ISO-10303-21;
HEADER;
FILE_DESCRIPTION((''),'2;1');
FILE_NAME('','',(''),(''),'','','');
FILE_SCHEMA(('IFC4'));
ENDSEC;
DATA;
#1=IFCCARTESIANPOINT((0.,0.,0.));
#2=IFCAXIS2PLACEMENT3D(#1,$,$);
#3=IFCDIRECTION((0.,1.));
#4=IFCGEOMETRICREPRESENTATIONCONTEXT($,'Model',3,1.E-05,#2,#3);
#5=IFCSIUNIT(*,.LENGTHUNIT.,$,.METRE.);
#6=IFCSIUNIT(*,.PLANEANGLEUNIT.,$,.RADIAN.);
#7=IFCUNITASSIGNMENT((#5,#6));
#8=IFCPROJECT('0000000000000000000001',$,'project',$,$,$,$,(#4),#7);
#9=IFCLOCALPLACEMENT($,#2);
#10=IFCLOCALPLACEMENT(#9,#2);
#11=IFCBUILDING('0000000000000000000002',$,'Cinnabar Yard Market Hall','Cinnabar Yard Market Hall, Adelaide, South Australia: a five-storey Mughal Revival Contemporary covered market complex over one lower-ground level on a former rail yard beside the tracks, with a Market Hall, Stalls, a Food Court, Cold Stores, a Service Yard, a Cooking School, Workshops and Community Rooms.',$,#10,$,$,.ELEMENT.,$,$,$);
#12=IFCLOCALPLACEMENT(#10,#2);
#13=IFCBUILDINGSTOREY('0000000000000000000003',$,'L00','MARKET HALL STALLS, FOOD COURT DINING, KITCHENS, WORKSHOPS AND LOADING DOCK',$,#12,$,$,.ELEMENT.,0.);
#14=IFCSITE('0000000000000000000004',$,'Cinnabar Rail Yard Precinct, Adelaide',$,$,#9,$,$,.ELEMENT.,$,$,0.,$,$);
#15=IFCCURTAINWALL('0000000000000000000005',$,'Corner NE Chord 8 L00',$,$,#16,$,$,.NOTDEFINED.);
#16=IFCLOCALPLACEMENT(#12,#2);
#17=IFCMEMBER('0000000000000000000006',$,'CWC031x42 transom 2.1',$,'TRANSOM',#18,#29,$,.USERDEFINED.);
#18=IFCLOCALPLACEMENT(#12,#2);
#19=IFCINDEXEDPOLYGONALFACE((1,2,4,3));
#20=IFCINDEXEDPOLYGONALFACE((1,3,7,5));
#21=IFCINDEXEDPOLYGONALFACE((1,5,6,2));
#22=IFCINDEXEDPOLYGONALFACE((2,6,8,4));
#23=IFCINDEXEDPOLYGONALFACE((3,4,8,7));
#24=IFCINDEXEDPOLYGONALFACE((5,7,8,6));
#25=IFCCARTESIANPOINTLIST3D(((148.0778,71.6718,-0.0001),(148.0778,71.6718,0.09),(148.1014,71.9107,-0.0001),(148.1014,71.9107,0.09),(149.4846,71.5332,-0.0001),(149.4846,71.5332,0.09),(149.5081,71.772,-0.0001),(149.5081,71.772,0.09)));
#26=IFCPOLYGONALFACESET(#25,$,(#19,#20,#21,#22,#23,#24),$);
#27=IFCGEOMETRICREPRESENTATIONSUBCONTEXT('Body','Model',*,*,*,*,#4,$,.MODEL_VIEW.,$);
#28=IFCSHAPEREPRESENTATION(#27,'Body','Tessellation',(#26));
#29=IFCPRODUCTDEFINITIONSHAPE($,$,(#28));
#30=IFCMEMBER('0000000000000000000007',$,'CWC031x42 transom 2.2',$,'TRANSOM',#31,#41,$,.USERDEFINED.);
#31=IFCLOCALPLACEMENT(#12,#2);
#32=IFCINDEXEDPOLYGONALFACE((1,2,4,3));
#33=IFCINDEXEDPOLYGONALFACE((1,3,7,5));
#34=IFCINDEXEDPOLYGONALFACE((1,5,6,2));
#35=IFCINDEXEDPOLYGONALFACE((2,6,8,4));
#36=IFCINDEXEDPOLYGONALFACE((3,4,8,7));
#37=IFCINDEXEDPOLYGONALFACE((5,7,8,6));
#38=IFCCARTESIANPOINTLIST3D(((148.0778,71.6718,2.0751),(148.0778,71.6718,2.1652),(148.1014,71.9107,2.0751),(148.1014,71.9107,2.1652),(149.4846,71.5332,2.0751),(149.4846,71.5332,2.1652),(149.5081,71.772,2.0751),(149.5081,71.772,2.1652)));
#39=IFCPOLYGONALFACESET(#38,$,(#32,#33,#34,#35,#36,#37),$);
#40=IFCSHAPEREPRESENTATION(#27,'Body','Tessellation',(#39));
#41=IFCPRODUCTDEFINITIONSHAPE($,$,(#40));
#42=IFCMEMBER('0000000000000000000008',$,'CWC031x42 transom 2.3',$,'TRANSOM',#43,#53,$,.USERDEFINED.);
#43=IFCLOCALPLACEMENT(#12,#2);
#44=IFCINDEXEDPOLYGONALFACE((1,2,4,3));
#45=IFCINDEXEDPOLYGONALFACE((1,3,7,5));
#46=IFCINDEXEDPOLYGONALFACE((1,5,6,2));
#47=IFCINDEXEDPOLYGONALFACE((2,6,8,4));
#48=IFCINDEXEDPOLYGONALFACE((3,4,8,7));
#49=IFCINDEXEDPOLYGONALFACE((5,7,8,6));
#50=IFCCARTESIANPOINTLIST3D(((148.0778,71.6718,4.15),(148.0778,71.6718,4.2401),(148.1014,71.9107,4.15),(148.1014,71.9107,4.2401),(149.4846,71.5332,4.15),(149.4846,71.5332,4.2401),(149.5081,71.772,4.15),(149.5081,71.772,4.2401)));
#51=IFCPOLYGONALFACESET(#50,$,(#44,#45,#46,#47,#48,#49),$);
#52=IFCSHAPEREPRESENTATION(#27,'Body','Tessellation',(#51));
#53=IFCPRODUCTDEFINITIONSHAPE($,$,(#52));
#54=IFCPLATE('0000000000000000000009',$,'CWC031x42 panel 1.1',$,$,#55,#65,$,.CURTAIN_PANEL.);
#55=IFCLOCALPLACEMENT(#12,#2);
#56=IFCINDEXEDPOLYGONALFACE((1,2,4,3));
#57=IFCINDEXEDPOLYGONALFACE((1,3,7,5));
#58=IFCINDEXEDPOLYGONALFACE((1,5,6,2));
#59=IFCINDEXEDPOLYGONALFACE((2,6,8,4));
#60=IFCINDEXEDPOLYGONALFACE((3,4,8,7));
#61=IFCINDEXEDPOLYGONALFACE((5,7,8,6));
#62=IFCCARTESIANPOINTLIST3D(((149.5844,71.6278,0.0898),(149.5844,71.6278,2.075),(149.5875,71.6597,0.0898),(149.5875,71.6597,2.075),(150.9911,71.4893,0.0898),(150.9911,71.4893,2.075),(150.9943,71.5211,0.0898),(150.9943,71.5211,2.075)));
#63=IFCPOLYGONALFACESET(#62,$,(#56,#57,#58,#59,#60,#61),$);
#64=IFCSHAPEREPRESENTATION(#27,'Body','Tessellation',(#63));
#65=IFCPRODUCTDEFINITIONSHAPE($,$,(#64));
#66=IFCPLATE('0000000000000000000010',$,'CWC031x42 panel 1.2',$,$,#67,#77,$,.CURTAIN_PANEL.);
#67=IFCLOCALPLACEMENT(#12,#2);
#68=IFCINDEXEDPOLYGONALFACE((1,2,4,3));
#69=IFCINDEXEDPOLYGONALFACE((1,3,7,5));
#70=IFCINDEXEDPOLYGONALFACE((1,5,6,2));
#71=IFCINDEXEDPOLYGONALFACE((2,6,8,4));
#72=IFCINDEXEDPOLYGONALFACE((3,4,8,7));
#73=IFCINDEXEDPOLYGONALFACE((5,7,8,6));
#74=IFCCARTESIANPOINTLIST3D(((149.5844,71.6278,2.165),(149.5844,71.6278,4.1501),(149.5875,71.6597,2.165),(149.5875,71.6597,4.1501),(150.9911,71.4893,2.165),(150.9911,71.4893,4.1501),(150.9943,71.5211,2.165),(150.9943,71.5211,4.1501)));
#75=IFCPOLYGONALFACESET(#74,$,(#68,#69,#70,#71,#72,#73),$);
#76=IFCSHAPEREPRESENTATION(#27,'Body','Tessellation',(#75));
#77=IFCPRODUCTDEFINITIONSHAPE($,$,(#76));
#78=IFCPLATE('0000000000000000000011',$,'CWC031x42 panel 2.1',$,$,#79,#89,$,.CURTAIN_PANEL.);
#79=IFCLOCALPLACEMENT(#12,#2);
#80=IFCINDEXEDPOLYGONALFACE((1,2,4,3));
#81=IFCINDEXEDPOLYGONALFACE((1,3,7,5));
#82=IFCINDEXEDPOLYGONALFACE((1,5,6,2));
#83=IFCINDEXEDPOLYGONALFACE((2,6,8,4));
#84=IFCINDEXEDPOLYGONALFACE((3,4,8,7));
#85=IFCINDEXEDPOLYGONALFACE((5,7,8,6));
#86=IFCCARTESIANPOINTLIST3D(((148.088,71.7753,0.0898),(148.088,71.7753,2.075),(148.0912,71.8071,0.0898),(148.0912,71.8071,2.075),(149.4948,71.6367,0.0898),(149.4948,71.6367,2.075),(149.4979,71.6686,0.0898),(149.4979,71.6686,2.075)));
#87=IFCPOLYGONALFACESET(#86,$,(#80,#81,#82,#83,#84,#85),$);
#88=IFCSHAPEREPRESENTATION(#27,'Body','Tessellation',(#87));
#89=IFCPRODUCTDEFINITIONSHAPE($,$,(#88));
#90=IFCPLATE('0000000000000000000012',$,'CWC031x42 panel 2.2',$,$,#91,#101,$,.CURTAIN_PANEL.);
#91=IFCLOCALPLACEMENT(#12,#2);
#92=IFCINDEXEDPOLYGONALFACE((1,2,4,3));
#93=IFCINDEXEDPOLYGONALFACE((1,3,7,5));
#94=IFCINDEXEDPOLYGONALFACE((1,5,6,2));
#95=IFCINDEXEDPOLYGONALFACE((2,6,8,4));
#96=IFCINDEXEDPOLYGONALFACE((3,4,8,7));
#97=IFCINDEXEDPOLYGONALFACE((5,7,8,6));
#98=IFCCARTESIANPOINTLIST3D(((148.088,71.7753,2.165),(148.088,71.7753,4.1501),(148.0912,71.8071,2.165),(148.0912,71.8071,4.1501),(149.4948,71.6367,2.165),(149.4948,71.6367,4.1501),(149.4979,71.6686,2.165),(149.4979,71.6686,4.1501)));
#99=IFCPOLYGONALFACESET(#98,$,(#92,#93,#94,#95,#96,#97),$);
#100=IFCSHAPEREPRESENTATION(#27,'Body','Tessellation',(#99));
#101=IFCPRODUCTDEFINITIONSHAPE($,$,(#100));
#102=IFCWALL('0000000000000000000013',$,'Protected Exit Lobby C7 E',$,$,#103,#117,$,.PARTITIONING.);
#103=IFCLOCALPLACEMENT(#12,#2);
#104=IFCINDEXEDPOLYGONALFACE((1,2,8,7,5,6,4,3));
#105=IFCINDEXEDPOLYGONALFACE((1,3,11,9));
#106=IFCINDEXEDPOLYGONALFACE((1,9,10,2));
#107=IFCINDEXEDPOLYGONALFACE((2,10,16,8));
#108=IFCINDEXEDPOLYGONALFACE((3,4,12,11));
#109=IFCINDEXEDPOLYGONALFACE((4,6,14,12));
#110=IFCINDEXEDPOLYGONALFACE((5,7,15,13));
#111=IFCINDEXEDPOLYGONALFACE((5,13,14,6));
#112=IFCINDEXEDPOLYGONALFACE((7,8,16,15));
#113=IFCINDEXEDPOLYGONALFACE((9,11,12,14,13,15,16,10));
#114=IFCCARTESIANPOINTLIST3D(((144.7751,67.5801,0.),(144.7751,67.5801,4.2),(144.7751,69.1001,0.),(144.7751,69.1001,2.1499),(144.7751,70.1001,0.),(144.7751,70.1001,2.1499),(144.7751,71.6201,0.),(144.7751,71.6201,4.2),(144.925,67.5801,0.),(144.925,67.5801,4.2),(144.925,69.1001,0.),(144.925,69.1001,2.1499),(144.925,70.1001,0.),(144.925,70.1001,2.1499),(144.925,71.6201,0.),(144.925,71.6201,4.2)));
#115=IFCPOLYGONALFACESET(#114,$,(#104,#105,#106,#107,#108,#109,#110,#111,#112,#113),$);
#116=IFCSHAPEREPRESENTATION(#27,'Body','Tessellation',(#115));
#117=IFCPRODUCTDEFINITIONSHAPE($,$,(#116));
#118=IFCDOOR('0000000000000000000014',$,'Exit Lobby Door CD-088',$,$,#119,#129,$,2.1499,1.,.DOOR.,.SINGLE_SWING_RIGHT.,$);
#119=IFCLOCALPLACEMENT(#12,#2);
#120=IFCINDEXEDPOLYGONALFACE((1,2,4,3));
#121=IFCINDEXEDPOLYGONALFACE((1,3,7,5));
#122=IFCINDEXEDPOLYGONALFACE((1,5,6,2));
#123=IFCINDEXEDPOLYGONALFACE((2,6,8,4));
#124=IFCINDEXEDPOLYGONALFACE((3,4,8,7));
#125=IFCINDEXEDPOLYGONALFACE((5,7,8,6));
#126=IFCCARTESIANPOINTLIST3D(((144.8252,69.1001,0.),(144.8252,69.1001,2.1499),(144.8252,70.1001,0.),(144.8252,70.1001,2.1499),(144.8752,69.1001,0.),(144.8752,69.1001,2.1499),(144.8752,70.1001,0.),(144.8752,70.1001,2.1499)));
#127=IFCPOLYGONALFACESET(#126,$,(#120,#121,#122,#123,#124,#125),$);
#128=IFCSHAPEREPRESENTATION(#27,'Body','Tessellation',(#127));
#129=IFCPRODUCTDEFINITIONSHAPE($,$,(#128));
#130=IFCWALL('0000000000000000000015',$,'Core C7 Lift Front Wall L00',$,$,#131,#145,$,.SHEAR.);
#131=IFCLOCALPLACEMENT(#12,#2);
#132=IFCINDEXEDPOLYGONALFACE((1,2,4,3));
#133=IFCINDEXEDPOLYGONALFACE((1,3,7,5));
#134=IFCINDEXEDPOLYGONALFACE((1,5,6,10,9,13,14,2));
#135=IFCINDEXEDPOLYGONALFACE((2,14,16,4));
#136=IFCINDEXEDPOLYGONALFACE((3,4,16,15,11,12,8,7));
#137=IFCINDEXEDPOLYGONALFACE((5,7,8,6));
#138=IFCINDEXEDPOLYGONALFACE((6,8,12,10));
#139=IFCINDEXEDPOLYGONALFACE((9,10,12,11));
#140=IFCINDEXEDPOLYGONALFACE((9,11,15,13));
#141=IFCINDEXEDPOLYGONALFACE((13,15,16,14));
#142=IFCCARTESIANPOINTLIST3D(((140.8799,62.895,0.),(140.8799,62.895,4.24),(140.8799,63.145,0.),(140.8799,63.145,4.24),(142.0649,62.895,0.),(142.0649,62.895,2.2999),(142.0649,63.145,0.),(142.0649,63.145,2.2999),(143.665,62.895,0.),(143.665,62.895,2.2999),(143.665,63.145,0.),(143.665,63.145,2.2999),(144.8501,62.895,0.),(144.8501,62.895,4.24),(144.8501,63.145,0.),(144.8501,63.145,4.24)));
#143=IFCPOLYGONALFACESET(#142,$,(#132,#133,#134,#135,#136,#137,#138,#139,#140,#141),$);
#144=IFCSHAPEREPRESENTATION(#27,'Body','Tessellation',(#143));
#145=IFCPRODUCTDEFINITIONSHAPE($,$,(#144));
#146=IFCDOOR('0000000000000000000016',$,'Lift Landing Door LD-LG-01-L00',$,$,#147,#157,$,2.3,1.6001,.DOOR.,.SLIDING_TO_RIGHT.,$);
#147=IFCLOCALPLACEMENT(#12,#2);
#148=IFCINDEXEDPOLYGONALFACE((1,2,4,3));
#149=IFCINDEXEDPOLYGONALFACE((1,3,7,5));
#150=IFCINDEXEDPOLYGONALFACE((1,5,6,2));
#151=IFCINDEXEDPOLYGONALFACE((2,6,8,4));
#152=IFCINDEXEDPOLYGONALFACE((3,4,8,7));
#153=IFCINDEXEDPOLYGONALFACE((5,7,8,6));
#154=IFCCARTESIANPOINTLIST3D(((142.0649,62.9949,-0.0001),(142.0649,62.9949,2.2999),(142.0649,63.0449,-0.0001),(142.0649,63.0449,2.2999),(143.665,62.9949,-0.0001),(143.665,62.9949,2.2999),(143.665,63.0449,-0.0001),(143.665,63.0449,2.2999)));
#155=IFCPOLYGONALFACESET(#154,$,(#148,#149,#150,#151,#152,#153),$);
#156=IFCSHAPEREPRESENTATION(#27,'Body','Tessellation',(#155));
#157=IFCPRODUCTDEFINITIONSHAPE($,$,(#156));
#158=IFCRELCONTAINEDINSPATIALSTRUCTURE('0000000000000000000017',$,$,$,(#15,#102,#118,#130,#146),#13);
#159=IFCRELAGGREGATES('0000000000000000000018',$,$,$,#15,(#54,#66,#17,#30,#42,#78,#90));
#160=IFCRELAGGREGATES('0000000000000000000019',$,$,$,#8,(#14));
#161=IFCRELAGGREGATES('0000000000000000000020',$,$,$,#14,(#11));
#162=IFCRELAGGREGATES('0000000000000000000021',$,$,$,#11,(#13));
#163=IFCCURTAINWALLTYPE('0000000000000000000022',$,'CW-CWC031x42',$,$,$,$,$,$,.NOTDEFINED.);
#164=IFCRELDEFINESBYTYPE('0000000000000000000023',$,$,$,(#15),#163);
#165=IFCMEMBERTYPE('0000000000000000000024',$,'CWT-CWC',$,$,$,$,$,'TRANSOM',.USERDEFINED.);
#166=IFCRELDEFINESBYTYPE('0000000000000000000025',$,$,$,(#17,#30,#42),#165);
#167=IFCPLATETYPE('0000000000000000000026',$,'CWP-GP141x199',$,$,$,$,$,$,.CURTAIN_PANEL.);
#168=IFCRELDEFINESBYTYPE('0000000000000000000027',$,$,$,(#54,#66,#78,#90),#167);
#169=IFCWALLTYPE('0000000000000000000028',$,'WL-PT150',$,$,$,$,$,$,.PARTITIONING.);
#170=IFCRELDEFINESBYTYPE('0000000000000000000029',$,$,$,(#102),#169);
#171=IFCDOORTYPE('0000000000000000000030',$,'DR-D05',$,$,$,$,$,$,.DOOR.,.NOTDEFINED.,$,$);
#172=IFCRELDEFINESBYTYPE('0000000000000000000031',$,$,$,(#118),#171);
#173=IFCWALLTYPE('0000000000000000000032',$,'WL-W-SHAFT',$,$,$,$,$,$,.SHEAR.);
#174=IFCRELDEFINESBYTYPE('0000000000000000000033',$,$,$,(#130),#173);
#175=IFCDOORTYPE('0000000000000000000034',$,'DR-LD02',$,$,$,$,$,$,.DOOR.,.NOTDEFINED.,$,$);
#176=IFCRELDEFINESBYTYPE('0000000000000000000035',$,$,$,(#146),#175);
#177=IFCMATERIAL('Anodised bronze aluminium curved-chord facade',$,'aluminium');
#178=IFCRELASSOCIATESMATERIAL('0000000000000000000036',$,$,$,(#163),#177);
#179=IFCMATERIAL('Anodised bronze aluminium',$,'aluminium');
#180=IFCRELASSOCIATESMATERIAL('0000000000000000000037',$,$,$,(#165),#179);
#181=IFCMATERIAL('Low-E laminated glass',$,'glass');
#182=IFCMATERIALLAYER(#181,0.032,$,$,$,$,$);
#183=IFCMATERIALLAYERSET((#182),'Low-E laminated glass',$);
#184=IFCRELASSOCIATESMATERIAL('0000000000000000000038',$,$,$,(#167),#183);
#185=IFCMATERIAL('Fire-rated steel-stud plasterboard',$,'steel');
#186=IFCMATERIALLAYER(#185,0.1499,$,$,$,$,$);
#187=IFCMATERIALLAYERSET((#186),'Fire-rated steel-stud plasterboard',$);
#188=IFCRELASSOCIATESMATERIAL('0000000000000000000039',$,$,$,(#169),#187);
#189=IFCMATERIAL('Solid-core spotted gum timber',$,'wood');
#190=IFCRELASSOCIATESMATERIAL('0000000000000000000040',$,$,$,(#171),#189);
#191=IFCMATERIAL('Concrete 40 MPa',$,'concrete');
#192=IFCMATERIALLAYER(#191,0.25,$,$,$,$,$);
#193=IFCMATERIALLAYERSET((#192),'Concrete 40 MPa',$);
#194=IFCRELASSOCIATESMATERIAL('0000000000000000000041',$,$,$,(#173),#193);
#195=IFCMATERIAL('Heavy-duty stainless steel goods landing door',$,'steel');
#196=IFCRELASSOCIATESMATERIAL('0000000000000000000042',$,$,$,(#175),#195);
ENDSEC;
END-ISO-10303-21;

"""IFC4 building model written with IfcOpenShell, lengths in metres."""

from ifc_helpers import new_model, si_unit, direction, frame, frame_2d, origin, origin_2d_with_axis, place, context, subcontext, project, spatial, rectangle, extrude, material, layer, layer_set, material_profile, profile_set, type_object, element, fill, aggregate, save


model = new_model("IFC4")

# Units and contexts
model_context = context("Model", 3, precision=1e-05, world=origin(), true_north=direction((0.0, 1.0)))
body_context = subcontext(model_context, "Body", "Model", "MODEL_VIEW")
ifc_project = project(units=[si_unit("LENGTHUNIT", "METRE"), si_unit("PLANEANGLEUNIT", "RADIAN")], contexts=[model_context])

# Site, building, storey
site_placement = place(None, origin())
site = spatial("IfcSite", under=ifc_project, at=site_placement, Name="Cinnabar Rail Yard Precinct, Adelaide", CompositionType="ELEMENT", RefElevation=0.0)
building_placement = place(site_placement, origin())
building = spatial("IfcBuilding", under=site, at=building_placement, Name="Cinnabar Yard Market Hall", Description="Cinnabar Yard Market Hall, Adelaide, South Australia: a five-storey Mughal Revival Contemporary covered market complex over one lower-ground level on a former rail yard beside the tracks, with a Market Hall, Stalls, a Food Court, Cold Stores, a Service Yard, a Cooking School, Workshops and Community Rooms.", CompositionType="ELEMENT")
storey_placement = place(building_placement, origin())
storey = spatial("IfcBuildingStorey", under=building, at=storey_placement, Name="L00", Description="MARKET HALL STALLS, FOOD COURT DINING, KITCHENS, WORKSHOPS AND LOADING DOCK", CompositionType="ELEMENT", Elevation=0.0)

# Curtain wall, members, plates
ifc_material_1 = material(Name="Anodised bronze aluminium curved-chord facade", Category="aluminium")
curtain_wall_type = type_object("IfcCurtainWallType", Name="CW-CWC031x42", PredefinedType="NOTDEFINED", material=ifc_material_1)
curtain_wall_placement = place(storey_placement, origin())
curtain_wall = element("IfcCurtainWall", 1, at=curtain_wall_placement, inside=storey, type_object=curtain_wall_type, Name="Corner NE Chord 8 L00", PredefinedType="NOTDEFINED")
ifc_material_2 = material(Name="Anodised bronze aluminium", Category="aluminium")
ifc_material_profile_1 = material_profile(ifc_material_2, rectangle(XDim=0.24, YDim=0.0901, at=origin_2d_with_axis()), Name="TRN-CWC")
ifc_profile_set_1 = profile_set([ifc_material_profile_1], Name="Anodised bronze aluminium")
member_type_1 = type_object("IfcMemberType", Name="CWT-CWC", ElementType="TRANSOM", PredefinedType="USERDEFINED", material=ifc_profile_set_1)
member_1_placement = place(storey_placement, frame((149.4963, 71.6526, 0.0449), z_axis=(-0.995176, 0.098101, 0.0), x_axis=(-0.098101, -0.995176, 0.0)))
member_1 = element("IfcMember", 2, at=member_1_placement, type_object=member_type_1, Name="CWC031x42 transom 2.1", ObjectType="TRANSOM", PredefinedType="USERDEFINED", context=body_context, shape_type="SweptSolid", body=[
    extrude(rectangle(XDim=0.24, YDim=0.0901, at=origin_2d_with_axis()), origin(), (0.0, 0.0, 1.0), 1.4136),
])
member_2_placement = place(storey_placement, frame((149.4963, 71.6526, 2.1201), z_axis=(-0.995176, 0.098101, 0.0), x_axis=(-0.098101, -0.995176, 0.0)))
member_2 = element("IfcMember", 3, at=member_2_placement, type_object=member_type_1, Name="CWC031x42 transom 2.2", ObjectType="TRANSOM", PredefinedType="USERDEFINED", context=body_context, shape_type="SweptSolid", body=[
    extrude(rectangle(XDim=0.24, YDim=0.0901, at=origin_2d_with_axis()), origin(), (0.0, 0.0, 1.0), 1.4136),
])
member_3_placement = place(storey_placement, frame((149.4963, 71.6526, 4.1951), z_axis=(-0.995176, 0.098101, 0.0), x_axis=(-0.098101, -0.995176, 0.0)))
member_3 = element("IfcMember", 4, at=member_3_placement, type_object=member_type_1, Name="CWC031x42 transom 2.3", ObjectType="TRANSOM", PredefinedType="USERDEFINED", context=body_context, shape_type="SweptSolid", body=[
    extrude(rectangle(XDim=0.24, YDim=0.0901, at=origin_2d_with_axis()), origin(), (0.0, 0.0, 1.0), 1.4136),
])
ifc_material_3 = material(Name="Low-E laminated glass", Category="glass")
ifc_layer_1 = layer(ifc_material_3, 0.032)
ifc_layer_set_1 = layer_set([ifc_layer_1], Name="Low-E laminated glass")
plate_type = type_object("IfcPlateType", Name="CWP-GP141x199", PredefinedType="CURTAIN_PANEL", material=ifc_layer_set_1)
plate_1_placement = place(storey_placement, frame((150.2893, 71.5745, 0.0898), z_axis=(0.0, 0.0, 1.0), x_axis=(-0.995184, 0.09802, 0.0)))
plate_1 = element("IfcPlate", 5, at=plate_1_placement, type_object=plate_type, Name="CWC031x42 panel 1.1", PredefinedType="CURTAIN_PANEL", context=body_context, shape_type="SweptSolid", body=[
    extrude(rectangle(XDim=1.4136, YDim=0.032, at=origin_2d_with_axis()), origin(), (0.0, 0.0, 1.0), 1.9851),
])
plate_2_placement = place(storey_placement, frame((150.2893, 71.5745, 2.165), z_axis=(0.0, 0.0, 1.0), x_axis=(-0.995184, 0.09802, 0.0)))
plate_2 = element("IfcPlate", 6, at=plate_2_placement, type_object=plate_type, Name="CWC031x42 panel 1.2", PredefinedType="CURTAIN_PANEL", context=body_context, shape_type="SweptSolid", body=[
    extrude(rectangle(XDim=1.4136, YDim=0.032, at=origin_2d_with_axis()), origin(), (0.0, 0.0, 1.0), 1.9851),
])
plate_3_placement = place(storey_placement, frame((148.793, 71.7219, 0.0898), z_axis=(0.0, 0.0, 1.0), x_axis=(-0.995184, 0.09802, 0.0)))
plate_3 = element("IfcPlate", 7, at=plate_3_placement, type_object=plate_type, Name="CWC031x42 panel 2.1", PredefinedType="CURTAIN_PANEL", context=body_context, shape_type="SweptSolid", body=[
    extrude(rectangle(XDim=1.4136, YDim=0.032, at=origin_2d_with_axis()), origin(), (0.0, 0.0, 1.0), 1.9851),
])
plate_4_placement = place(storey_placement, frame((148.793, 71.7219, 2.165), z_axis=(0.0, 0.0, 1.0), x_axis=(-0.995184, 0.09802, 0.0)))
plate_4 = element("IfcPlate", 8, at=plate_4_placement, type_object=plate_type, Name="CWC031x42 panel 2.2", PredefinedType="CURTAIN_PANEL", context=body_context, shape_type="SweptSolid", body=[
    extrude(rectangle(XDim=1.4136, YDim=0.032, at=origin_2d_with_axis()), origin(), (0.0, 0.0, 1.0), 1.9851),
])
aggregate(curtain_wall, [plate_1, plate_2, member_1, member_2, member_3, plate_3, plate_4])

# Wall, opening, door
ifc_material_4 = material(Name="Fire-rated steel-stud plasterboard", Category="steel")
ifc_layer_2 = layer(ifc_material_4, 0.1499)
ifc_layer_set_2 = layer_set([ifc_layer_2], Name="Fire-rated steel-stud plasterboard")
wall_type_1 = type_object("IfcWallType", Name="WL-PT150", PredefinedType="PARTITIONING", material=ifc_layer_set_2)
wall_1_placement = place(storey_placement, frame((144.8501, 67.5801, 0.0), z_axis=(0.0, 0.0, 1.0), x_axis=(0.0, 1.0, 0.0)))
wall_1 = element("IfcWall", 9, at=wall_1_placement, inside=storey, type_object=wall_type_1, Name="Protected Exit Lobby C7 E", PredefinedType="PARTITIONING", context=body_context, shape_type="SweptSolid", body=[
    extrude(rectangle(XDim=4.04, YDim=0.1499, at=frame_2d((2.02, 0.0), x_axis=(1.0, 0.0))), origin(), (0.0, 0.0, 1.0), 4.2),
])
opening_1_placement = place(wall_1_placement, frame((1.52, 0.0, 0.0)))
opening_1 = element("IfcOpeningElement", 10, at=opening_1_placement, cuts=wall_1, PredefinedType="OPENING", context=body_context, shape_type="SweptSolid", body=[
    extrude(rectangle(XDim=1.0, YDim=2.1499, at=frame_2d((0.5, 1.075), x_axis=(1.0, 0.0))), frame((0.0, 0.085, 0.0), z_axis=(0.0, -1.0, 0.0), x_axis=(1.0, 0.0, 0.0)), (0.0, 0.0, 1.0), 0.1699),
])
ifc_material_5 = material(Name="Solid-core spotted gum timber", Category="wood")
door_type_1 = type_object("IfcDoorType", Name="DR-D05", OperationType="NOTDEFINED", PredefinedType="DOOR", material=ifc_material_5)
door_1_placement = place(opening_1_placement, origin())
door_1 = element("IfcDoor", 11, at=door_1_placement, inside=storey, type_object=door_type_1, Name="Exit Lobby Door CD-088", OperationType="SINGLE_SWING_RIGHT", OverallHeight=2.1499, OverallWidth=1.0, PredefinedType="DOOR", context=body_context, shape_type="SweptSolid", body=[
    extrude(rectangle(XDim=1.0, YDim=2.1499, at=frame_2d((0.5, 1.075), x_axis=(1.0, 0.0))), frame((0.0, 0.0249, 0.0), z_axis=(0.0, -1.0, 0.0), x_axis=(1.0, 0.0, 0.0)), (0.0, 0.0, 1.0), 0.05),
])
fill(opening_1, door_1)

# Shared definitions
ifc_material_6 = material(Name="Concrete 40 MPa", Category="concrete")

# Wall, opening, door
ifc_layer_3 = layer(ifc_material_6, 0.25)
ifc_layer_set_3 = layer_set([ifc_layer_3], Name="Concrete 40 MPa")
wall_type_2 = type_object("IfcWallType", Name="WL-W-SHAFT", PredefinedType="SHEAR", material=ifc_layer_set_3)
wall_2_placement = place(storey_placement, frame((140.8799, 63.02, 0.0), z_axis=(0.0, 0.0, 1.0), x_axis=(1.0, 0.0, 0.0)))
wall_2 = element("IfcWall", 12, at=wall_2_placement, inside=storey, type_object=wall_type_2, Name="Core C7 Lift Front Wall L00", PredefinedType="SHEAR", context=body_context, shape_type="SweptSolid", body=[
    extrude(rectangle(XDim=3.9702, YDim=0.25, at=frame_2d((1.9851, 0.0), x_axis=(1.0, 0.0))), origin(), (0.0, 0.0, 1.0), 4.24),
])
opening_2_placement = place(wall_2_placement, frame((1.1851, 0.0, 0.0)))
opening_2 = element("IfcOpeningElement", 13, at=opening_2_placement, cuts=wall_2, PredefinedType="OPENING", context=body_context, shape_type="SweptSolid", body=[
    extrude(rectangle(XDim=1.6001, YDim=2.3, at=frame_2d((0.8, 1.1499), x_axis=(1.0, 0.0))), frame((0.0, 0.135, 0.0), z_axis=(0.0, -1.0, 0.0), x_axis=(1.0, 0.0, 0.0)), (0.0, 0.0, 1.0), 0.27),
])
ifc_material_7 = material(Name="Heavy-duty stainless steel goods landing door", Category="steel")
door_type_2 = type_object("IfcDoorType", Name="DR-LD02", OperationType="NOTDEFINED", PredefinedType="DOOR", material=ifc_material_7)
door_2_placement = place(opening_2_placement, origin())
door_2 = element("IfcDoor", 14, at=door_2_placement, inside=storey, type_object=door_type_2, Name="Lift Landing Door LD-LG-01-L00", OperationType="SLIDING_TO_RIGHT", OverallHeight=2.3, OverallWidth=1.6001, PredefinedType="DOOR", context=body_context, shape_type="SweptSolid", body=[
    extrude(rectangle(XDim=1.6001, YDim=2.3, at=frame_2d((0.8, 1.1499), x_axis=(1.0, 0.0))), frame((0.0, 0.0249, 0.0), z_axis=(0.0, -1.0, 0.0), x_axis=(1.0, 0.0, 0.0)), (0.0, 0.0, 1.0), 0.05),
])
fill(opening_2, door_2)

save(model, "model.ifc")
